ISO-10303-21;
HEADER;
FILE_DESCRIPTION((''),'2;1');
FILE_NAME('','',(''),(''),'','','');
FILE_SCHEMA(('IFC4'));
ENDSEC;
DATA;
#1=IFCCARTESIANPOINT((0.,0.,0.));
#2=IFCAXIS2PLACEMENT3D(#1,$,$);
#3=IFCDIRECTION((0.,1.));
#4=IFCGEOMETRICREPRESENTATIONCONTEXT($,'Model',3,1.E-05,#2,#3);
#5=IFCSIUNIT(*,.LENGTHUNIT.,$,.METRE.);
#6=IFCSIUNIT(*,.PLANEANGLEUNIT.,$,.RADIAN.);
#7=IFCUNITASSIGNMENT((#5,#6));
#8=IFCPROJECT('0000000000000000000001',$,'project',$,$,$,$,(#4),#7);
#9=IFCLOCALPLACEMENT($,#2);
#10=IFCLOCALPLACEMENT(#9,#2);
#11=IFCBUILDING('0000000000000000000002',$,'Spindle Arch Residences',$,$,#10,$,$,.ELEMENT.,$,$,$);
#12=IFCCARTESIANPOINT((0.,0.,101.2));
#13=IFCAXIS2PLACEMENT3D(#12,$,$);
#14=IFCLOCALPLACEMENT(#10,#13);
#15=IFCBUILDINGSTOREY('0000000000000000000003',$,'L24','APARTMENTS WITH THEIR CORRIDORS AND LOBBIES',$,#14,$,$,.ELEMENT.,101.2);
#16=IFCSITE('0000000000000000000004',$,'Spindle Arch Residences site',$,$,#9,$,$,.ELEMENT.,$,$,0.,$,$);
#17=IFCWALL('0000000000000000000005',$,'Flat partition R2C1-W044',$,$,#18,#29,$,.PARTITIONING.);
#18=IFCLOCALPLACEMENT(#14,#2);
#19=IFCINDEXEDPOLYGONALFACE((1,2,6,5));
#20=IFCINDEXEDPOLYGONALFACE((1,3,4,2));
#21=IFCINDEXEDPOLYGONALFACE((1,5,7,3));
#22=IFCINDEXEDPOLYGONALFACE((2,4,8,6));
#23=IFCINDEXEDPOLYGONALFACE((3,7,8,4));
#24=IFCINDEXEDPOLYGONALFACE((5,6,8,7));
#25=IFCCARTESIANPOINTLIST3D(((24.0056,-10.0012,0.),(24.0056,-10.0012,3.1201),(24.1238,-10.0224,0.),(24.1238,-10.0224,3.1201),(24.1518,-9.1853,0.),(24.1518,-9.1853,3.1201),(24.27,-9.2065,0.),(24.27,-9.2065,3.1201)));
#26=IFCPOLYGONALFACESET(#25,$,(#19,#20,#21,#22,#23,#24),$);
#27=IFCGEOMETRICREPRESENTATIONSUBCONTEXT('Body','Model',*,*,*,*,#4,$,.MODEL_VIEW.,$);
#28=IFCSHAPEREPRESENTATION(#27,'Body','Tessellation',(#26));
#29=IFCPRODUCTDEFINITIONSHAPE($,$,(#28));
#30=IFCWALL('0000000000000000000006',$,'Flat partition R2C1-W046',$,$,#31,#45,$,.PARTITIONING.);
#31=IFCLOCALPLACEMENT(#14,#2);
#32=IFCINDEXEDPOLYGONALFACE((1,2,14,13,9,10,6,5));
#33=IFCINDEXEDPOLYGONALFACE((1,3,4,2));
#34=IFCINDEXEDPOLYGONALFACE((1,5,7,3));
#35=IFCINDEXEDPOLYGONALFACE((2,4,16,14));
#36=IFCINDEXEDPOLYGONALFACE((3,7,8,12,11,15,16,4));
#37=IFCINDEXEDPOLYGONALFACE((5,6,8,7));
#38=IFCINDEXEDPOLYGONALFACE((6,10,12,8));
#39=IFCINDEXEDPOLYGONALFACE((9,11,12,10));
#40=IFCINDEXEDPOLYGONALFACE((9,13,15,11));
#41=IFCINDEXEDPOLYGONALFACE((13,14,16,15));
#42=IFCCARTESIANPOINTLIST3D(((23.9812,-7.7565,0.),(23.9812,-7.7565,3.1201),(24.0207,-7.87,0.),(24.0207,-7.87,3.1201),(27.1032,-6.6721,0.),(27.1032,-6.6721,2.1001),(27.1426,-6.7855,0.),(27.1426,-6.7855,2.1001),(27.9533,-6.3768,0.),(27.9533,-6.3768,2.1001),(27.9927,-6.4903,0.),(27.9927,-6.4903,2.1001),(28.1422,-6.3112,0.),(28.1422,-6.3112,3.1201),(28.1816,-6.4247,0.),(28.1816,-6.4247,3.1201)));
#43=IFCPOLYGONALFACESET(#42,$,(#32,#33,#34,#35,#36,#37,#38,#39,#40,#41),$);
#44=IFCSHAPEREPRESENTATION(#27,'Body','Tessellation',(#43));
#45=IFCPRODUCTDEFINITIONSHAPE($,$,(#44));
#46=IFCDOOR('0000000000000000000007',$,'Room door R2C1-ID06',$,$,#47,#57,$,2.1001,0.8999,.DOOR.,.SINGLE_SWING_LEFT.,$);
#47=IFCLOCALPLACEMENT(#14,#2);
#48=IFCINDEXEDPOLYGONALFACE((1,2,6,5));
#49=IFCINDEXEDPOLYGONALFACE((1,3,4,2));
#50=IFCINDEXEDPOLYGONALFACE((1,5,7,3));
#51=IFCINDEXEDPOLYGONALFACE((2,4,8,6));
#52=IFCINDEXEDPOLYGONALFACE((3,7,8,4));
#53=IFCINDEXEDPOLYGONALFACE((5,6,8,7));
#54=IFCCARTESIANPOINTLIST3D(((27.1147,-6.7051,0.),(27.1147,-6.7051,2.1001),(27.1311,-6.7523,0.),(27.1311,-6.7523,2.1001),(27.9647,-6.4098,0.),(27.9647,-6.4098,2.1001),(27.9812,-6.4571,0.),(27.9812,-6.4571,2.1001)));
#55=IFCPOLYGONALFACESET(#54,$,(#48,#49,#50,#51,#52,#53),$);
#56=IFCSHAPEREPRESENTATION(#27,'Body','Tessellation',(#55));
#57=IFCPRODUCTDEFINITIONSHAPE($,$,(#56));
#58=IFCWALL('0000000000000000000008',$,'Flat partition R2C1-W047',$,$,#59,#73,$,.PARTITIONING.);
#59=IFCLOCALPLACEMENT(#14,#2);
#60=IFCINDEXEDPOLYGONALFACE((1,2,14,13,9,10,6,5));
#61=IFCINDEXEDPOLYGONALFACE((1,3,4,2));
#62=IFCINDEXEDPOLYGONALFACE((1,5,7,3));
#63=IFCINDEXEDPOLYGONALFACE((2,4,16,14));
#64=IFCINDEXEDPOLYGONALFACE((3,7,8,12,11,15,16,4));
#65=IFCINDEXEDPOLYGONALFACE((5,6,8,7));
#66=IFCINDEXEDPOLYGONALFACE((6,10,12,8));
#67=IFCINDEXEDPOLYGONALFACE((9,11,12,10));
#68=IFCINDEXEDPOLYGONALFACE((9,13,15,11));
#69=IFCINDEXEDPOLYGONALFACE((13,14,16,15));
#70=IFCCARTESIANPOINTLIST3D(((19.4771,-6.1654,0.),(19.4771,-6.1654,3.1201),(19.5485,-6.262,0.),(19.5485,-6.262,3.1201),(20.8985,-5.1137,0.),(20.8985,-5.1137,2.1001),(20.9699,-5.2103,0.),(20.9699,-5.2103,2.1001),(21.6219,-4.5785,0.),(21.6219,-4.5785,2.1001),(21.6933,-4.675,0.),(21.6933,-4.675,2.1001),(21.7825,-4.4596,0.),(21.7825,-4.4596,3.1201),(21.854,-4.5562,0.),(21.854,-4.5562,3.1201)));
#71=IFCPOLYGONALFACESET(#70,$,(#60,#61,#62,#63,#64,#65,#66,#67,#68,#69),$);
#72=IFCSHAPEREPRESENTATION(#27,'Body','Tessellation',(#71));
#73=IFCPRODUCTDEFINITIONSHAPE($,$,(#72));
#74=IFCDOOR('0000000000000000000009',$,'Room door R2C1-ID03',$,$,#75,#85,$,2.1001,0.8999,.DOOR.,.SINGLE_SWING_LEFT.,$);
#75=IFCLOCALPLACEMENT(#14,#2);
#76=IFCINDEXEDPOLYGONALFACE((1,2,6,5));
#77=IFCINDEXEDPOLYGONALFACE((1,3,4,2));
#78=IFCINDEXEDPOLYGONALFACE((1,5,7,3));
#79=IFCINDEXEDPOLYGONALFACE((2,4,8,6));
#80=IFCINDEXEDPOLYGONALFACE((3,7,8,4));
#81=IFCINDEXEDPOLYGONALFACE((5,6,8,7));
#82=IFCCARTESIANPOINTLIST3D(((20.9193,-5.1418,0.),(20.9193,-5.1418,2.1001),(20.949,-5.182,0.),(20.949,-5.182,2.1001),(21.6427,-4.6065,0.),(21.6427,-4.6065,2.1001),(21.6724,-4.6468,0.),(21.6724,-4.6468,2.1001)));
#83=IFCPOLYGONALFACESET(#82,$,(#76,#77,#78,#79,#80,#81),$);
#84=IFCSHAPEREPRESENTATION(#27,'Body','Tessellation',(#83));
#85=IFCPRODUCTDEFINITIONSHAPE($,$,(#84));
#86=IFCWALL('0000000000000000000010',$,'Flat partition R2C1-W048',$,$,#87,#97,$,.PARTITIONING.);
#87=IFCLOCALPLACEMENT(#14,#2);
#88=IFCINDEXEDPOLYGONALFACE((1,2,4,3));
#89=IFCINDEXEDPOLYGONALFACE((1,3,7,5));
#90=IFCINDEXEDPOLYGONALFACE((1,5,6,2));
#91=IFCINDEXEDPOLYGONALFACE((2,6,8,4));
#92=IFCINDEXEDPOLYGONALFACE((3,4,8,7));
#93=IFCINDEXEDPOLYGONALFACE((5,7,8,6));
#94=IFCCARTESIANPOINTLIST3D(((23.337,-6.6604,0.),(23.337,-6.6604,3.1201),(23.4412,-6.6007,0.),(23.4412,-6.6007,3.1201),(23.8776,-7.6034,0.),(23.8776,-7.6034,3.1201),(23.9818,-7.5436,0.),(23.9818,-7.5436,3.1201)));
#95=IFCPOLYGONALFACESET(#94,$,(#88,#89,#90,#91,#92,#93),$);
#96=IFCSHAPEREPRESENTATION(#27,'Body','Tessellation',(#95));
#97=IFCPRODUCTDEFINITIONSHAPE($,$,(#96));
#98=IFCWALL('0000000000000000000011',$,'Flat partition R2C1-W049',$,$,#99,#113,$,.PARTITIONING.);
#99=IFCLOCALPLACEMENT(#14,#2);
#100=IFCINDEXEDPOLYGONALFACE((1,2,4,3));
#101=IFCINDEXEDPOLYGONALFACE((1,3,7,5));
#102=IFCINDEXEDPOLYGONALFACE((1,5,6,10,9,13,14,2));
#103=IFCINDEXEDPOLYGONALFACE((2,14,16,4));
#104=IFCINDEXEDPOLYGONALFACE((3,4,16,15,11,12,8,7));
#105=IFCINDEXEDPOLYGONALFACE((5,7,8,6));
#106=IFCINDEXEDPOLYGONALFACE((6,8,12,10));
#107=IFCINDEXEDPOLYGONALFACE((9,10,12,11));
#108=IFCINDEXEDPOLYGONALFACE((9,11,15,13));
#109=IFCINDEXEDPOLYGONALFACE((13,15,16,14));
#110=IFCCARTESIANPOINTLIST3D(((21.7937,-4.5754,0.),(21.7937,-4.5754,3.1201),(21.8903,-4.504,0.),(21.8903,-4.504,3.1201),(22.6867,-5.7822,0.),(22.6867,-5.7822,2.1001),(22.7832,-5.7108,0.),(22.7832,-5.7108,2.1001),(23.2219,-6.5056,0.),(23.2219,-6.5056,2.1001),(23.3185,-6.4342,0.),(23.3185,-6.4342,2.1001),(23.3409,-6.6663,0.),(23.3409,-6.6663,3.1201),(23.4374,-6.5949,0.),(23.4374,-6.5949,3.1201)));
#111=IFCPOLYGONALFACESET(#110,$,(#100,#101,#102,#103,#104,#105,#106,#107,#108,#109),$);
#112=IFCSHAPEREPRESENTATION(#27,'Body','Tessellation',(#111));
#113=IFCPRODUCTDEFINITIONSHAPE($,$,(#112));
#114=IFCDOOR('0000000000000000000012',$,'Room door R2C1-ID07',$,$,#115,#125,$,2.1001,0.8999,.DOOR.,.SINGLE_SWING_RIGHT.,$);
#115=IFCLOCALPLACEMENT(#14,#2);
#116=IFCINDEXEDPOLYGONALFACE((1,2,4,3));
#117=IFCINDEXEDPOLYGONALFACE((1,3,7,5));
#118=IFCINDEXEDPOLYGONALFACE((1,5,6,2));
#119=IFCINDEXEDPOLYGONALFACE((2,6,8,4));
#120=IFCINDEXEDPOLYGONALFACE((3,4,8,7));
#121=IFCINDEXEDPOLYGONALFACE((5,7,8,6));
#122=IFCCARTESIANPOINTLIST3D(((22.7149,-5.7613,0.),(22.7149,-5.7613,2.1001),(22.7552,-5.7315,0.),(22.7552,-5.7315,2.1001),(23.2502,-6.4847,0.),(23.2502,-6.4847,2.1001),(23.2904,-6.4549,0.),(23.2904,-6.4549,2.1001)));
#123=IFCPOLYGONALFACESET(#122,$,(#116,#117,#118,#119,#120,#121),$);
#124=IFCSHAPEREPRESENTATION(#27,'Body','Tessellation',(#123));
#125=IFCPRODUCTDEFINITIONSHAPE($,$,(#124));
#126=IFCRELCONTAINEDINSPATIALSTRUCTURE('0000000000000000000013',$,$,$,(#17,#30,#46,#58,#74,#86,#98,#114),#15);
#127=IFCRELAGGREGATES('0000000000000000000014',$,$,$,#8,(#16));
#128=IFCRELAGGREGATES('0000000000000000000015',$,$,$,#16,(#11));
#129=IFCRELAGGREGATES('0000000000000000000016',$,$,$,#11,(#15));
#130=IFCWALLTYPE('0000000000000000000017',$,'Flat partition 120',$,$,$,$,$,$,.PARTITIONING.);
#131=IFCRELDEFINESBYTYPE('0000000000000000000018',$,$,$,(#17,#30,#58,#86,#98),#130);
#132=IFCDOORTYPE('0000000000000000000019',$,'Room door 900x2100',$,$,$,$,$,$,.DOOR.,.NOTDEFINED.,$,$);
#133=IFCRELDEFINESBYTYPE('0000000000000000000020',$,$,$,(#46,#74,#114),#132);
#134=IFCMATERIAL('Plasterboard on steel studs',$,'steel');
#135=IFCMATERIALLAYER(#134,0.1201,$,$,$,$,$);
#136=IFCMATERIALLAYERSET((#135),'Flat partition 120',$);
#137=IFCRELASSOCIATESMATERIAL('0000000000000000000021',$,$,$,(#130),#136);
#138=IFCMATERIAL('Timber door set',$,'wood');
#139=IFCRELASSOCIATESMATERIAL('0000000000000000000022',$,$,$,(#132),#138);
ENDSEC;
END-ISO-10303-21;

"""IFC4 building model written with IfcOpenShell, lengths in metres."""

from ifc_helpers import new_model, si_unit, direction, frame, frame_2d, origin, place, context, subcontext, project, spatial, rectangle, extrude, material, layer, layer_set, type_object, element, fill, save


model = new_model("IFC4")

# Units and contexts
model_context = context("Model", 3, precision=1e-05, world=origin(), true_north=direction((0.0, 1.0)))
body_context = subcontext(model_context, "Body", "Model", "MODEL_VIEW")
ifc_project = project(units=[si_unit("LENGTHUNIT", "METRE"), si_unit("PLANEANGLEUNIT", "RADIAN")], contexts=[model_context])

# Site, building, storey
site_placement = place(None, origin())
site = spatial("IfcSite", under=ifc_project, at=site_placement, Name="Spindle Arch Residences site", CompositionType="ELEMENT", RefElevation=0.0)
building_placement = place(site_placement, origin())
building = spatial("IfcBuilding", under=site, at=building_placement, Name="Spindle Arch Residences", CompositionType="ELEMENT")
storey_placement = place(building_placement, frame((0.0, 0.0, 101.2)))
storey = spatial("IfcBuildingStorey", under=building, at=storey_placement, Name="L24", Description="APARTMENTS WITH THEIR CORRIDORS AND LOBBIES", CompositionType="ELEMENT", Elevation=101.2)

# Shared definitions
ifc_material_1 = material(Name="Plasterboard on steel studs", Category="steel")
ifc_layer_1 = layer(ifc_material_1, 0.1201)
ifc_layer_set_1 = layer_set([ifc_layer_1], Name="Flat partition 120")
wall_type_1 = type_object("IfcWallType", Name="Flat partition 120", PredefinedType="PARTITIONING", material=ifc_layer_set_1)
ifc_material_2 = material(Name="Timber door set", Category="wood")
door_type_1 = type_object("IfcDoorType", Name="Room door 900x2100", OperationType="NOTDEFINED", PredefinedType="DOOR", material=ifc_material_2)

# Wall
for number, where, z_axis, x_axis, name in (
    (1, (24.2109, -9.1958, 0.0), (0.0, 0.0, 1.0), (-0.176423, -0.984315, 0.0), "Flat partition R2C1-W044"),
):
    element("IfcWall", number, at=place(storey_placement, frame(where, z_axis=z_axis, x_axis=x_axis)), inside=storey, type_object=wall_type_1, Name=name, PredefinedType="PARTITIONING", context=body_context, shape_type="SweptSolid", body=[
        extrude(rectangle(XDim=0.8289, YDim=0.1201, at=frame_2d((0.4146, 0.0))), origin(), (0.0, 0.0, 1.0), 3.1201),
    ])

# Walls, openings, doors
wall_1_placement = place(storey_placement, frame((28.1619, -6.3679, 0.0), z_axis=(0.0, 0.0, 1.0), x_axis=(-0.944634, -0.328125, 0.0)))
wall_1 = element("IfcWall", 2, at=wall_1_placement, inside=storey, type_object=wall_type_1, Name="Flat partition R2C1-W046", PredefinedType="PARTITIONING", context=body_context, shape_type="SweptSolid", body=[
    extrude(rectangle(XDim=4.4048, YDim=0.1201, at=frame_2d((2.2024, 0.0))), origin(), (0.0, 0.0, 1.0), 3.1201),
])
opening_1_placement = place(wall_1_placement, frame((0.2, 0.0, 0.0)))
opening_1 = element("IfcOpeningElement", 3, at=opening_1_placement, cuts=wall_1, PredefinedType="OPENING", context=body_context, shape_type="SweptSolid", body=[
    extrude(rectangle(XDim=0.8999, YDim=2.1001, at=frame_2d((0.45, 1.05))), frame((0.0, 0.0701, 0.0), z_axis=(0.0, -1.0, 0.0), x_axis=(1.0, 0.0, 0.0)), (0.0, 0.0, 1.0), 0.1401),
])
door_1_placement = place(opening_1_placement, origin())
door_1 = element("IfcDoor", 4, at=door_1_placement, inside=storey, type_object=door_type_1, Name="Room door R2C1-ID06", OperationType="SINGLE_SWING_LEFT", OverallHeight=2.1001, OverallWidth=0.8999, PredefinedType="DOOR", context=body_context, shape_type="SweptSolid", body=[
    extrude(rectangle(XDim=0.8999, YDim=2.1001, at=frame_2d((0.45, 1.05))), frame((0.0, 0.0249, 0.0), z_axis=(0.0, -1.0, 0.0), x_axis=(1.0, 0.0, 0.0)), (0.0, 0.0, 1.0), 0.05),
])
fill(opening_1, door_1)
wall_2_placement = place(storey_placement, frame((21.8184, -4.5078, 0.0), z_axis=(0.0, 0.0, 1.0), x_axis=(-0.803875, -0.594798, 0.0)))
wall_2 = element("IfcWall", 5, at=wall_2_placement, inside=storey, type_object=wall_type_1, Name="Flat partition R2C1-W047", PredefinedType="PARTITIONING", context=body_context, shape_type="SweptSolid", body=[
    extrude(rectangle(XDim=2.8679, YDim=0.1201, at=frame_2d((1.4341, 0.0))), origin(), (0.0, 0.0, 1.0), 3.1201),
])
opening_2_placement = place(wall_2_placement, frame((0.2, 0.0, 0.0)))
opening_2 = element("IfcOpeningElement", 6, at=opening_2_placement, cuts=wall_2, PredefinedType="OPENING", context=body_context, shape_type="SweptSolid", body=[
    extrude(rectangle(XDim=0.8999, YDim=2.1001, at=frame_2d((0.45, 1.05))), frame((0.0, 0.0701, 0.0), z_axis=(0.0, -1.0, 0.0), x_axis=(1.0, 0.0, 0.0)), (0.0, 0.0, 1.0), 0.1401),
])
door_2_placement = place(opening_2_placement, origin())
door_2 = element("IfcDoor", 7, at=door_2_placement, inside=storey, type_object=door_type_1, Name="Room door R2C1-ID03", OperationType="SINGLE_SWING_LEFT", OverallHeight=2.1001, OverallWidth=0.8999, PredefinedType="DOOR", context=body_context, shape_type="SweptSolid", body=[
    extrude(rectangle(XDim=0.8999, YDim=2.1001, at=frame_2d((0.45, 1.05))), frame((0.0, 0.0249, 0.0), z_axis=(0.0, -1.0, 0.0), x_axis=(1.0, 0.0, 0.0)), (0.0, 0.0, 1.0), 0.05),
])
fill(opening_2, door_2)

# Wall
wall_3_placement = place(storey_placement, frame((23.9297, -7.5735, 0.0), z_axis=(0.0, 0.0, 1.0), x_axis=(-0.497348, 0.867551, 0.0)))
element("IfcWall", 8, at=wall_3_placement, inside=storey, type_object=wall_type_1, Name="Flat partition R2C1-W048", PredefinedType="PARTITIONING", context=body_context, shape_type="SweptSolid", body=[
    extrude(rectangle(XDim=1.0869, YDim=0.1201, at=frame_2d((0.5435, 0.0))), origin(), (0.0, 0.0, 1.0), 3.1201),
])

# Wall, opening, door
wall_4_placement = place(storey_placement, frame((23.3892, -6.6306, 0.0), z_axis=(0.0, 0.0, 1.0), x_axis=(-0.594821, 0.803858, 0.0)))
wall_4 = element("IfcWall", 9, at=wall_4_placement, inside=storey, type_object=wall_type_1, Name="Flat partition R2C1-W049", PredefinedType="PARTITIONING", context=body_context, shape_type="SweptSolid", body=[
    extrude(rectangle(XDim=2.6011, YDim=0.1201, at=frame_2d((1.3005, 0.0))), origin(), (0.0, 0.0, 1.0), 3.1201),
])
opening_3_placement = place(wall_4_placement, frame((0.2, 0.0, 0.0)))
opening_3 = element("IfcOpeningElement", 10, at=opening_3_placement, cuts=wall_4, PredefinedType="OPENING", context=body_context, shape_type="SweptSolid", body=[
    extrude(rectangle(XDim=0.8999, YDim=2.1001, at=frame_2d((0.45, 1.05))), frame((0.0, 0.0701, 0.0), z_axis=(0.0, -1.0, 0.0), x_axis=(1.0, 0.0, 0.0)), (0.0, 0.0, 1.0), 0.1401),
])
door_3_placement = place(opening_3_placement, origin())
door_3 = element("IfcDoor", 11, at=door_3_placement, inside=storey, type_object=door_type_1, Name="Room door R2C1-ID07", OperationType="SINGLE_SWING_RIGHT", OverallHeight=2.1001, OverallWidth=0.8999, PredefinedType="DOOR", context=body_context, shape_type="SweptSolid", body=[
    extrude(rectangle(XDim=0.8999, YDim=2.1001, at=frame_2d((0.45, 1.05))), frame((0.0, 0.0249, 0.0), z_axis=(0.0, -1.0, 0.0), x_axis=(1.0, 0.0, 0.0)), (0.0, 0.0, 1.0), 0.05),
])
fill(opening_3, door_3)

save(model, "model.ifc")
